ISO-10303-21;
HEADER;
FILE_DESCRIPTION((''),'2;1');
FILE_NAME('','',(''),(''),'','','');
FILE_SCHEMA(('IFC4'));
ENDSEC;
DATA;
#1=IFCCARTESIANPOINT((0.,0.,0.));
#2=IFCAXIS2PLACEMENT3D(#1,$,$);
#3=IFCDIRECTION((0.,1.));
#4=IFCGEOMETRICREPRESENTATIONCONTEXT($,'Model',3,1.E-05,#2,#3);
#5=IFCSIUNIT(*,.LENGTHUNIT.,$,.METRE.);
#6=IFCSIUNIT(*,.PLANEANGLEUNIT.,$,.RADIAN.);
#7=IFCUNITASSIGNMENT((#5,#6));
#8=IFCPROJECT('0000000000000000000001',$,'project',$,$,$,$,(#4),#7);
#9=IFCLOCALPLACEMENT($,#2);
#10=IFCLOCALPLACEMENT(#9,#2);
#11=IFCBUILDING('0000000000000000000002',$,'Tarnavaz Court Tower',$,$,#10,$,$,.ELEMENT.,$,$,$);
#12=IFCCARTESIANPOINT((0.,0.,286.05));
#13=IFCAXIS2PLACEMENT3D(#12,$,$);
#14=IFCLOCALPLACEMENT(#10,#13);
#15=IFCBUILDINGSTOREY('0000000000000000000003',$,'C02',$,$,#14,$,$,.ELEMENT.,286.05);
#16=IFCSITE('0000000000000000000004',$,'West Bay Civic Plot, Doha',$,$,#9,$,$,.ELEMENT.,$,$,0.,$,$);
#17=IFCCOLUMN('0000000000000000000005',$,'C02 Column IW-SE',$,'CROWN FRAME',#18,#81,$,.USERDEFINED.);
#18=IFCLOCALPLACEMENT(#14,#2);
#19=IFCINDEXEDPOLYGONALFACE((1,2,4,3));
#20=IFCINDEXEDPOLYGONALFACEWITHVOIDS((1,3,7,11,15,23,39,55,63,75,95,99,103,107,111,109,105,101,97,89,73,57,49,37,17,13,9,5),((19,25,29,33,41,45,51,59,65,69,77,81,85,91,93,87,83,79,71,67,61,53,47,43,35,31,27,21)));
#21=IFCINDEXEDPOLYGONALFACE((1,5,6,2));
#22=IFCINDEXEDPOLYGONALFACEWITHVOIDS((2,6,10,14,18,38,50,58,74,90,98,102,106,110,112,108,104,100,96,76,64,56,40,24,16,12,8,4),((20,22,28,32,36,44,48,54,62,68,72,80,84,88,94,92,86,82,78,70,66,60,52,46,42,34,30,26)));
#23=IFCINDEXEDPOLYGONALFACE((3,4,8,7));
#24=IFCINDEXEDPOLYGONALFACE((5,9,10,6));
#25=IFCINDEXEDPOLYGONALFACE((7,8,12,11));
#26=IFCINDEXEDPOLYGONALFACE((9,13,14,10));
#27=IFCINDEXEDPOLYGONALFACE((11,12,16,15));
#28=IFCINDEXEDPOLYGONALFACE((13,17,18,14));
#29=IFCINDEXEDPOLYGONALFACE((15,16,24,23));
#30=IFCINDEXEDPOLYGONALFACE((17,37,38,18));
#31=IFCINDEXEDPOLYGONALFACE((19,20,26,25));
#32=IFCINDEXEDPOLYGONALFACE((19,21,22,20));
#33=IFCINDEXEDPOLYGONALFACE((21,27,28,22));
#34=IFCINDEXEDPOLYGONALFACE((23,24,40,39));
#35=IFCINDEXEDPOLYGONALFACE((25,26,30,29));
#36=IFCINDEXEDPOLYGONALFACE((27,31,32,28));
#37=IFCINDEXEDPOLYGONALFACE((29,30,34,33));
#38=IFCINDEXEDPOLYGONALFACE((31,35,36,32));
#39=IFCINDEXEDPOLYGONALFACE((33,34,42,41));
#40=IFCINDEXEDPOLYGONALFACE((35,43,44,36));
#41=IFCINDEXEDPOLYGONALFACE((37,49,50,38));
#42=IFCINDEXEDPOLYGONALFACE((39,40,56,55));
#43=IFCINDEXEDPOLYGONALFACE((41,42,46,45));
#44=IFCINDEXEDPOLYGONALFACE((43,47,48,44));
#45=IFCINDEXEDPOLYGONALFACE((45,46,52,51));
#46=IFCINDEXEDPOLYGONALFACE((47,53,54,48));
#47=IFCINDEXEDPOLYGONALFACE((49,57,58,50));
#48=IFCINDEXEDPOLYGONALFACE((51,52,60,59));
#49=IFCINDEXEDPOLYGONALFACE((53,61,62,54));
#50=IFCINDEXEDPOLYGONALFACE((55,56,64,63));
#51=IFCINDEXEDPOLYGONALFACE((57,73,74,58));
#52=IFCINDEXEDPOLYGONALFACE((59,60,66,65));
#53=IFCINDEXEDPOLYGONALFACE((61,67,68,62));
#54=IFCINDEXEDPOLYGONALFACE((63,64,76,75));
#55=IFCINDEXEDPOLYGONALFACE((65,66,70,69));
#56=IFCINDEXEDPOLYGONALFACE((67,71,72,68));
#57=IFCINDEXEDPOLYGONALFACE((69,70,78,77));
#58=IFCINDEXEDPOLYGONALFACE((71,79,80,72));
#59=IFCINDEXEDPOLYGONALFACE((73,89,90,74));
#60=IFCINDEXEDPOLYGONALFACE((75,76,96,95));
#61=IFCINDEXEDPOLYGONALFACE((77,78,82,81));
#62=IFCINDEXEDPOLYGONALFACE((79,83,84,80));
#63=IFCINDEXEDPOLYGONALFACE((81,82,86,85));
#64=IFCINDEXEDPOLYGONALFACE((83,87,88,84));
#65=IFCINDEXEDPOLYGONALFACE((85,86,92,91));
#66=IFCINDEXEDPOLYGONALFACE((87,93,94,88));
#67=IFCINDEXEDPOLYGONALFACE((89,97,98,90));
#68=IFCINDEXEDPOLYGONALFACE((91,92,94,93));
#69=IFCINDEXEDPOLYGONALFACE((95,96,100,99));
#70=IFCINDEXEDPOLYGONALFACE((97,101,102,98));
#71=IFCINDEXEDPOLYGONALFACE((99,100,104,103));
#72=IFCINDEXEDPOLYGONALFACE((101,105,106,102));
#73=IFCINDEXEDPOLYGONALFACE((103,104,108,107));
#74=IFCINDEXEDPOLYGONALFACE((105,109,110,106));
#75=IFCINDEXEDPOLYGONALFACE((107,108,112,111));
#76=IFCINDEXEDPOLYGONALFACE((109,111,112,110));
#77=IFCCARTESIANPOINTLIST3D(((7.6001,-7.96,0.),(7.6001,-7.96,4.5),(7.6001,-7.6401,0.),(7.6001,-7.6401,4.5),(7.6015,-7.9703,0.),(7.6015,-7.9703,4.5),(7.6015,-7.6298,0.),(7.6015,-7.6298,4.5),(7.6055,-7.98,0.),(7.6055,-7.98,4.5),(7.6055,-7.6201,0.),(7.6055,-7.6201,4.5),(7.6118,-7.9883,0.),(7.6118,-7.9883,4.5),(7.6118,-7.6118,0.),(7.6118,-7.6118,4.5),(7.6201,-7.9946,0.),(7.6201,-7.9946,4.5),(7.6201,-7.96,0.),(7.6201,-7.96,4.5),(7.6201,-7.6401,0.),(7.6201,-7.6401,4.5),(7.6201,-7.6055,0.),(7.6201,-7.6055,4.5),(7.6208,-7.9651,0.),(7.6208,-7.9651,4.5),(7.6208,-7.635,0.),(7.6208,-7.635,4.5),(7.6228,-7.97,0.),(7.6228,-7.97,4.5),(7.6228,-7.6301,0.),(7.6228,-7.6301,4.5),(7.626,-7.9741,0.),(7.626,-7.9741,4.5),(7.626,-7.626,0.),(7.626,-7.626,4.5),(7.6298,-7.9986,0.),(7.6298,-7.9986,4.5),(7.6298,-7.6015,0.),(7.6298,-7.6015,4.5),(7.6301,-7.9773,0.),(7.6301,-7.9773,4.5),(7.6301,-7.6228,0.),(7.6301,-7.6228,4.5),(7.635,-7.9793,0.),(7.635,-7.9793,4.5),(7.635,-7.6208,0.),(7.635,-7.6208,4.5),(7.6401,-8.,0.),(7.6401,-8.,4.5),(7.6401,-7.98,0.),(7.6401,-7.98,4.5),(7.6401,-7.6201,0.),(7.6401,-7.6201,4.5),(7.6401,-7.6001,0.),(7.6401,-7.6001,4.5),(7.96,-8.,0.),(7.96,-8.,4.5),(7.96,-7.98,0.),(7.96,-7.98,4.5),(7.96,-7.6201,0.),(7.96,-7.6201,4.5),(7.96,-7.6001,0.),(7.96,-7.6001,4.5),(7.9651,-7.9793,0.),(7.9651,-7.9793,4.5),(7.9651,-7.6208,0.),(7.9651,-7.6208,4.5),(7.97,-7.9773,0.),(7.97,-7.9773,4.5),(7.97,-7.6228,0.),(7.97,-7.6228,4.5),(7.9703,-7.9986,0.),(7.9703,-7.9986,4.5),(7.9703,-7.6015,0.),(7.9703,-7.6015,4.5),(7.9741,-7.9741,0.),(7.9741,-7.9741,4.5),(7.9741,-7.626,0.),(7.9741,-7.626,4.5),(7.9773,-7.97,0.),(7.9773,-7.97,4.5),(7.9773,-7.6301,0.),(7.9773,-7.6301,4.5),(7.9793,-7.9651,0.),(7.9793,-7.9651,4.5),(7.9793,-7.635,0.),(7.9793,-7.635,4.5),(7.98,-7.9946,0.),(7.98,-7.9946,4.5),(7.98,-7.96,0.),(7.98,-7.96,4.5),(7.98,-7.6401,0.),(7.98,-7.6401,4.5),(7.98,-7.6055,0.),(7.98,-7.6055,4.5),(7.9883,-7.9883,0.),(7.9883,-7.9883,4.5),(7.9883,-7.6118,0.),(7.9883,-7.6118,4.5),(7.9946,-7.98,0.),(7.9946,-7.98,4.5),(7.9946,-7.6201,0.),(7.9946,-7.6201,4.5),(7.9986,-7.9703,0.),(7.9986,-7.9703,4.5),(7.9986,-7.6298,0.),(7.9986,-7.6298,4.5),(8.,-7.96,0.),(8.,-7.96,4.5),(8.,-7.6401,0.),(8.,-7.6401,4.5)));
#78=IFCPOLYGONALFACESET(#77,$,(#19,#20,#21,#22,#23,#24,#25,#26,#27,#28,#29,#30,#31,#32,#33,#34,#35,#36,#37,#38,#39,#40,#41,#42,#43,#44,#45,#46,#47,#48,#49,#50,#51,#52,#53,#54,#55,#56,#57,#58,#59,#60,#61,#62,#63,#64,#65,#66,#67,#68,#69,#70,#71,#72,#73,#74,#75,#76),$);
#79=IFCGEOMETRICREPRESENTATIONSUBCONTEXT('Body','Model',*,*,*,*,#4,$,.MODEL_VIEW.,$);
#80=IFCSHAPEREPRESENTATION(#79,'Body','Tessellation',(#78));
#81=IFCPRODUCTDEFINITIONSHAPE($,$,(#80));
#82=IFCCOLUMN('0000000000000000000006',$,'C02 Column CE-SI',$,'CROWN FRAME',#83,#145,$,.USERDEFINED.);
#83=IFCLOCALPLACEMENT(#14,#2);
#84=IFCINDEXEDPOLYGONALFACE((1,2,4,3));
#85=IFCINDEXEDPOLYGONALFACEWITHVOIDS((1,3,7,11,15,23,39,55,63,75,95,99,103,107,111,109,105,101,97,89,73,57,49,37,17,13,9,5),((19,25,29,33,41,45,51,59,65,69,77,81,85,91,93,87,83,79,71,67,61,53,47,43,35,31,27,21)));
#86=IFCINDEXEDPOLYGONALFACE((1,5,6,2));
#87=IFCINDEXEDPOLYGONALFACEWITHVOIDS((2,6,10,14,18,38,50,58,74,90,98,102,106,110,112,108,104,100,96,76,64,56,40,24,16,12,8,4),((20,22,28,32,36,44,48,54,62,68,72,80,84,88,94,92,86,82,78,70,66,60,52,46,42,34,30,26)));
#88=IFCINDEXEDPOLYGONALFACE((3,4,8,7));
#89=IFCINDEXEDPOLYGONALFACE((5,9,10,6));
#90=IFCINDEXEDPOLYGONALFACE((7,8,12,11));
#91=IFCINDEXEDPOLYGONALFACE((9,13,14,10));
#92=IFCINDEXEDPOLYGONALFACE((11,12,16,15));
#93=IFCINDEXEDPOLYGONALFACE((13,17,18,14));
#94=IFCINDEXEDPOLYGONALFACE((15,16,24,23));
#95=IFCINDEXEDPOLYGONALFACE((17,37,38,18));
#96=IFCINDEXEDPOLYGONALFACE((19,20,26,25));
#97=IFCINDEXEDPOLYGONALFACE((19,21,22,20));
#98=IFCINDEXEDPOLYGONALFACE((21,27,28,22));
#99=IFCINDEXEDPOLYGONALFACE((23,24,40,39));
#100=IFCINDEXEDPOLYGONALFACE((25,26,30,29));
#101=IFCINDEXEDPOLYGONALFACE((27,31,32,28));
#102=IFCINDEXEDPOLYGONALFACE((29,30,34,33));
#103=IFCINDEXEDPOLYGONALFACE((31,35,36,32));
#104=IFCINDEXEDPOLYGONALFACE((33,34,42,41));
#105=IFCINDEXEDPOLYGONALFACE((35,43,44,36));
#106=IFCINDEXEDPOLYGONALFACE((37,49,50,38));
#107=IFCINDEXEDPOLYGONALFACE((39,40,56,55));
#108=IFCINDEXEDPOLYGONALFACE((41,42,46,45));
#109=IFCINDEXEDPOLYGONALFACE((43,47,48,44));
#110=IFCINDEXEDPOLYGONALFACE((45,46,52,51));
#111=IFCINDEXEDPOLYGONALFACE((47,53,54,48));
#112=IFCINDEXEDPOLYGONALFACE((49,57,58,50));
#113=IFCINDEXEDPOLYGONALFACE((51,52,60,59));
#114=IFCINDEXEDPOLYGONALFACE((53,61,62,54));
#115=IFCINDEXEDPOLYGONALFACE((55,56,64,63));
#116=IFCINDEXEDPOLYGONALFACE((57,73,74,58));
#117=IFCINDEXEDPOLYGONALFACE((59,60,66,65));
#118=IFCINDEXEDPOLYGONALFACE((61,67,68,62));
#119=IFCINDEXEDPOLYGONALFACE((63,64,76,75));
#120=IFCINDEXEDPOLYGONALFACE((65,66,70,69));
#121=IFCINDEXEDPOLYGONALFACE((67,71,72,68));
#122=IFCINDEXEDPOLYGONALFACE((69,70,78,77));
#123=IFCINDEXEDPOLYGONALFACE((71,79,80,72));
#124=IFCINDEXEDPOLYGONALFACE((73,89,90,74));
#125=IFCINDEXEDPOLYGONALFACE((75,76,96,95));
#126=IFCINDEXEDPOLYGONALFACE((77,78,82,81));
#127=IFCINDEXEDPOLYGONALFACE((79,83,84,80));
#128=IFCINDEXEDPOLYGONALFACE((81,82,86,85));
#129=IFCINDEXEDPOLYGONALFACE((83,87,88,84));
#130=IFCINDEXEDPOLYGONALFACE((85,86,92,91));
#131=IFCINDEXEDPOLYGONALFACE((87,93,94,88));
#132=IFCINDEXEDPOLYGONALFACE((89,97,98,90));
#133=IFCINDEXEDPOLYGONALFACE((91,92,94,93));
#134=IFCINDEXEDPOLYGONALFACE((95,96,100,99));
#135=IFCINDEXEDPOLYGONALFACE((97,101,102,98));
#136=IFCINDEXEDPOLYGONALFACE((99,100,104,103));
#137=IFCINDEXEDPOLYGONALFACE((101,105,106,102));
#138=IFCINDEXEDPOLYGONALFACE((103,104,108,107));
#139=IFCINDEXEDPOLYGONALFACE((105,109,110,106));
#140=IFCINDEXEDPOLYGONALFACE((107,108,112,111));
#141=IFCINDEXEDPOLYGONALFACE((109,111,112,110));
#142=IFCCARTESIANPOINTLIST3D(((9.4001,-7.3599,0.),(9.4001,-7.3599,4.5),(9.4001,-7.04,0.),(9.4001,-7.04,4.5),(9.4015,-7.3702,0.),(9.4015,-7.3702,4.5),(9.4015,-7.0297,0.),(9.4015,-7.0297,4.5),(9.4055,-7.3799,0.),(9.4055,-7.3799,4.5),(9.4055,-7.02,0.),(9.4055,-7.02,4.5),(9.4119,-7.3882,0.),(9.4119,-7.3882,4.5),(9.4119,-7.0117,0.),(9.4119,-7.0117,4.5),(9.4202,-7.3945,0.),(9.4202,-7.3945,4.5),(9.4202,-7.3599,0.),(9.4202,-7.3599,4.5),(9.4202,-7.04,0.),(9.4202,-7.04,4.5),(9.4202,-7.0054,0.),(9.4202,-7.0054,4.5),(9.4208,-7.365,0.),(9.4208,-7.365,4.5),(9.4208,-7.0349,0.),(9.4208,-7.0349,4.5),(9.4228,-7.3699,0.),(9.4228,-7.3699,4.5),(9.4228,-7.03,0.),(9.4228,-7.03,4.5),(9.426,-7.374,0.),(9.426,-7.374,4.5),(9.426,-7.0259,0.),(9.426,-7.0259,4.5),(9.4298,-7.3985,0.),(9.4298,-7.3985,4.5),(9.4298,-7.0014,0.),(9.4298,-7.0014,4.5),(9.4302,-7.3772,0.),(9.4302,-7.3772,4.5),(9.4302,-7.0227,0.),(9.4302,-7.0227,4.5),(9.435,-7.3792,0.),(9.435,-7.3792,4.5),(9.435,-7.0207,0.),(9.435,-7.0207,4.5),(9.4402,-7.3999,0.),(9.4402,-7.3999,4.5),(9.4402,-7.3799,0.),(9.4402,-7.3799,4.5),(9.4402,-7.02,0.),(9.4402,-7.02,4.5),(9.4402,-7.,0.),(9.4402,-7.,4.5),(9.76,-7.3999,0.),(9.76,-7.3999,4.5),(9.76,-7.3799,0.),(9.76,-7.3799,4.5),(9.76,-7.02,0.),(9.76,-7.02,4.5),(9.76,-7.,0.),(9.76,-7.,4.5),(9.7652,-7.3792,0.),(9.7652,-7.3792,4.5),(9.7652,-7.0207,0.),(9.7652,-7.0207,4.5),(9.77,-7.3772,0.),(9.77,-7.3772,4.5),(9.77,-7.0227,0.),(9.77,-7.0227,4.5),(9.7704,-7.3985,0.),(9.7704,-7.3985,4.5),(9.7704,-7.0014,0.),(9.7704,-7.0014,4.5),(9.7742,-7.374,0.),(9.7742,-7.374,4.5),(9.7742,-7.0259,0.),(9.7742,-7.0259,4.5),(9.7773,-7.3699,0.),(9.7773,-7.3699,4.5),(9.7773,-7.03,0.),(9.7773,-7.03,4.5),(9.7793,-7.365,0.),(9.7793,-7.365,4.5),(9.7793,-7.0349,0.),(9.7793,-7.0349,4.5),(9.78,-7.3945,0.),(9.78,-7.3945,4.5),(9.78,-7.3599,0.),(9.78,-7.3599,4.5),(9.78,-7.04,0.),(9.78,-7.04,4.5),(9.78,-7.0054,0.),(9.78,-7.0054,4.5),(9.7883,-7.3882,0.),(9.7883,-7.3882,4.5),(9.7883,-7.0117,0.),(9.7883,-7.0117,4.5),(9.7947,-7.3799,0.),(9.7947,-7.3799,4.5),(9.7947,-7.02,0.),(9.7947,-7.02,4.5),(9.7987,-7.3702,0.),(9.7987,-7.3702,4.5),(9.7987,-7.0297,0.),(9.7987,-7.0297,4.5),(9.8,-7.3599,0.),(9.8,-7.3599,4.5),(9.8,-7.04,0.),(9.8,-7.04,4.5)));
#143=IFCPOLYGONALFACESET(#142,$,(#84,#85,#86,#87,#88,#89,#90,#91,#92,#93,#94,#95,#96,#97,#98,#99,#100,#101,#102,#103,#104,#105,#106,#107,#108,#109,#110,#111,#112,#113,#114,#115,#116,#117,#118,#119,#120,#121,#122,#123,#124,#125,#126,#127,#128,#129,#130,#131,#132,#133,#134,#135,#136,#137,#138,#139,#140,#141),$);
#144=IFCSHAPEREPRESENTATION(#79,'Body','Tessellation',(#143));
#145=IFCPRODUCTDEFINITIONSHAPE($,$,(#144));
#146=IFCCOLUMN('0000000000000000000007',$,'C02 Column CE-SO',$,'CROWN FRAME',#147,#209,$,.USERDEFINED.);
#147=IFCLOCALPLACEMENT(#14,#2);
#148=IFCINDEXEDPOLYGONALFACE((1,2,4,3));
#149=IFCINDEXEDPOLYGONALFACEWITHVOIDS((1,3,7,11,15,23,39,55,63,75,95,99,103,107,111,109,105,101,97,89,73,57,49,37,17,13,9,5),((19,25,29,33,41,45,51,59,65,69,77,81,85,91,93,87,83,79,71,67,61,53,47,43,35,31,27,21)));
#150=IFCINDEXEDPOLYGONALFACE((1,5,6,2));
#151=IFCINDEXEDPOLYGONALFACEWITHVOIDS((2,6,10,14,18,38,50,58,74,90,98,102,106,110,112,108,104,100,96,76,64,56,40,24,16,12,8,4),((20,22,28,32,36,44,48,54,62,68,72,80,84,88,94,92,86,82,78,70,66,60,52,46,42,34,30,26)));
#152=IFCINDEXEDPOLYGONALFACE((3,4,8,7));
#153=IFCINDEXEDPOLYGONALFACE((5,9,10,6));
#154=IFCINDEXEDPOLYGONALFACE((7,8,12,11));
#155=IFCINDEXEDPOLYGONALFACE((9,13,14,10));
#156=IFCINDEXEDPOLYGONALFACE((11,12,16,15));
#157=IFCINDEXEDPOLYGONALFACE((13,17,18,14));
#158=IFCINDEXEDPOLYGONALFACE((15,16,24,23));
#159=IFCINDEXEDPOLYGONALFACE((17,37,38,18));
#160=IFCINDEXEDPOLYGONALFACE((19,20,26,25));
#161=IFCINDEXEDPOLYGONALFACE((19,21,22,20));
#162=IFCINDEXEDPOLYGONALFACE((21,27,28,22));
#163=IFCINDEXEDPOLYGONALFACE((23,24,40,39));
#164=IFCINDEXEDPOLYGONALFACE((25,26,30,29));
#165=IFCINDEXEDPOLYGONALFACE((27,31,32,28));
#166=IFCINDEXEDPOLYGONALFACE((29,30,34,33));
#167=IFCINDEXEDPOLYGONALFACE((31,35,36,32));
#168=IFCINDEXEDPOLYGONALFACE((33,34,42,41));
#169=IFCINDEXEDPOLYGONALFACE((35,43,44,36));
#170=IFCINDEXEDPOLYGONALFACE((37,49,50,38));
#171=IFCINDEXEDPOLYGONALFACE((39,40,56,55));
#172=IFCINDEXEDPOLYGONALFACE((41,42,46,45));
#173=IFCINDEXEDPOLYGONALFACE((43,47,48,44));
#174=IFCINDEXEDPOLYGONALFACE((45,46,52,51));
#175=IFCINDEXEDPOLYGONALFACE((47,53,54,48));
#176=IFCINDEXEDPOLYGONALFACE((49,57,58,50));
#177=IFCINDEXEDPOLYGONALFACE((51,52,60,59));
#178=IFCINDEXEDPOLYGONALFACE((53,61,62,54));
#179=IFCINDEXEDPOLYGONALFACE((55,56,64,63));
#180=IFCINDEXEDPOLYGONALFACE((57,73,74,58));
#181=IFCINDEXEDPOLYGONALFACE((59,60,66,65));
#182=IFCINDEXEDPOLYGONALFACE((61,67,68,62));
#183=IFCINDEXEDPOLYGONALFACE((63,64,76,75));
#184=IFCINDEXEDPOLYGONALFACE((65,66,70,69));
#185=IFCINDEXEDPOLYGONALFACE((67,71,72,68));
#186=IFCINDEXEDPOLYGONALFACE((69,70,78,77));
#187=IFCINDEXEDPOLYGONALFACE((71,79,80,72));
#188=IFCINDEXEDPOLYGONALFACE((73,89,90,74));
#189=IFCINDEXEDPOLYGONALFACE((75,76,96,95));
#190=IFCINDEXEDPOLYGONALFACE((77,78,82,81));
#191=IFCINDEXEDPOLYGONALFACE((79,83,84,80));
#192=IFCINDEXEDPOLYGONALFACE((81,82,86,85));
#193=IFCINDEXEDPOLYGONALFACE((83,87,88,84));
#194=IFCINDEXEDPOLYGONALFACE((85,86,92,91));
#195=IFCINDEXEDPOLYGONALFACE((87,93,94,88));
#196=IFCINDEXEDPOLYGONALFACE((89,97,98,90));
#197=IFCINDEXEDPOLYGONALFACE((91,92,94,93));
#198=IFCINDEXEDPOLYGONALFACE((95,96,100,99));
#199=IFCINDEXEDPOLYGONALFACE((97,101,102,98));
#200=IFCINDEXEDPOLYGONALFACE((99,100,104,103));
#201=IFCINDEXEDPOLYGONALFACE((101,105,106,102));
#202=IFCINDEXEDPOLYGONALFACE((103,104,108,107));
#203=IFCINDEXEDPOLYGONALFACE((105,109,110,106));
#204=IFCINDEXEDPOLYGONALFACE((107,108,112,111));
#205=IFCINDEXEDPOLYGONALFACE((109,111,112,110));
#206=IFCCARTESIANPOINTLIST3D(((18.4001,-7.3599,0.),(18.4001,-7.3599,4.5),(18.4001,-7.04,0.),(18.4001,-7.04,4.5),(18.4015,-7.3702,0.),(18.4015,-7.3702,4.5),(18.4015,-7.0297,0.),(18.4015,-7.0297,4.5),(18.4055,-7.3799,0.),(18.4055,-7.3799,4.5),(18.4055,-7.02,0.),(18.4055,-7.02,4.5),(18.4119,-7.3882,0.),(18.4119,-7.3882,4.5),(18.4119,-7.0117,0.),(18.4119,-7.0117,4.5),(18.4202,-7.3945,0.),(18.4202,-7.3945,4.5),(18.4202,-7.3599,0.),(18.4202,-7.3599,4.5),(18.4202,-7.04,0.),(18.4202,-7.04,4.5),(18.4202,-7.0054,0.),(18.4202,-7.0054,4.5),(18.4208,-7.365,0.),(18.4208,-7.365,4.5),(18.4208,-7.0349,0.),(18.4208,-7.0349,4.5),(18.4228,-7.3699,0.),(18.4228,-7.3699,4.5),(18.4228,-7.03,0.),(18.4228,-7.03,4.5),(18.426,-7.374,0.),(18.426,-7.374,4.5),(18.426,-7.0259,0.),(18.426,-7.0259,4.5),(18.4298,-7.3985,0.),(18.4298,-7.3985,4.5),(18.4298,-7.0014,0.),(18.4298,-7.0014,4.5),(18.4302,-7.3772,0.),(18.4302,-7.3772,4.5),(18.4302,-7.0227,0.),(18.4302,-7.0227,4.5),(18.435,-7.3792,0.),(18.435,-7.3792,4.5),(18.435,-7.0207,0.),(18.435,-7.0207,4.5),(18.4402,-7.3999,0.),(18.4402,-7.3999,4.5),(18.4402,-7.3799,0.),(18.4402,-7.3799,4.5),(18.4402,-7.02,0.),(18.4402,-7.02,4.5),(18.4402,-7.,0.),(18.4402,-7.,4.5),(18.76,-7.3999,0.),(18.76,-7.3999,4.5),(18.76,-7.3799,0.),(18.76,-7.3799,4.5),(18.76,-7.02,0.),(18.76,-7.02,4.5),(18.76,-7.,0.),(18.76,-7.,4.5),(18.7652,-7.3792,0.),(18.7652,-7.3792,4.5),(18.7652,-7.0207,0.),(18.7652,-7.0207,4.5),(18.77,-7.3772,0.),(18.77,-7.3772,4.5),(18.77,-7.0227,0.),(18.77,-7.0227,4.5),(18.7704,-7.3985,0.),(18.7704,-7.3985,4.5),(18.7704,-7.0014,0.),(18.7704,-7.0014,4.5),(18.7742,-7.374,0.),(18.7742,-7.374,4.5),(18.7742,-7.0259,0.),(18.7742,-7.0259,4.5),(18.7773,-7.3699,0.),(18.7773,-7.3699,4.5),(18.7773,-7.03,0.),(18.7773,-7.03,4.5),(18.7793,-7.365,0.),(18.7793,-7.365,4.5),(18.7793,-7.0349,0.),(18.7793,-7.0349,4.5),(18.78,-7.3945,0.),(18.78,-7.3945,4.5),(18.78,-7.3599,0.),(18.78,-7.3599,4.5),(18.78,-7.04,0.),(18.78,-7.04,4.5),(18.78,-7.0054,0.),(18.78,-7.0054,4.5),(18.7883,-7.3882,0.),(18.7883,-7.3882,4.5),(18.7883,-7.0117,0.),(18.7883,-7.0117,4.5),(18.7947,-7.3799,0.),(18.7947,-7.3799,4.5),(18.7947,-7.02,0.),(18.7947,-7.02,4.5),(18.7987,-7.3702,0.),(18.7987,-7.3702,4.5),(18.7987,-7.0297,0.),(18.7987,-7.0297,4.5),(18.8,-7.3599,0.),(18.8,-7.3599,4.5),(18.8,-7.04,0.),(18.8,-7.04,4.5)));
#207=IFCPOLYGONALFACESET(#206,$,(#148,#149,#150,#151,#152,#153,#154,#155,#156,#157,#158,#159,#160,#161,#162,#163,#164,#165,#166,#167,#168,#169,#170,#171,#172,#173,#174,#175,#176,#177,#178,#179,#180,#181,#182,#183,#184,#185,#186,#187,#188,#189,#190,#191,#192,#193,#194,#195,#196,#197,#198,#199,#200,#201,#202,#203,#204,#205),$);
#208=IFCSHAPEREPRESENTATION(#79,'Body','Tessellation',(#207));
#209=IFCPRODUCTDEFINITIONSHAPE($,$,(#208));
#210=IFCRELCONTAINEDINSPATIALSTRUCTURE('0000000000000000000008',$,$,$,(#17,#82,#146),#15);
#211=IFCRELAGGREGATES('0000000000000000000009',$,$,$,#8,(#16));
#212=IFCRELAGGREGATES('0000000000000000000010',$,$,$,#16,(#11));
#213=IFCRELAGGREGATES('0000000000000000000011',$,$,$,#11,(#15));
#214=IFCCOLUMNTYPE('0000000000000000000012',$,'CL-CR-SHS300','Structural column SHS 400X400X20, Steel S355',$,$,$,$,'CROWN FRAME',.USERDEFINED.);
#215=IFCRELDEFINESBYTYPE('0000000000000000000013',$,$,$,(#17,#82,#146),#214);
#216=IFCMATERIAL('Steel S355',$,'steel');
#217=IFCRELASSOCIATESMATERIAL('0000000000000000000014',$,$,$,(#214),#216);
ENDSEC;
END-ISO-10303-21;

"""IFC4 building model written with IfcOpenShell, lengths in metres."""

from ifc_helpers import new_model, si_unit, direction, frame, origin, origin_2d, place, context, subcontext, project, spatial, hollow_rectangle, extrude, material, material_profile, profile_set, type_object, element, save


model = new_model("IFC4")

# Units and contexts
model_context = context("Model", 3, precision=1e-05, world=origin(), true_north=direction((0.0, 1.0)))
body_context = subcontext(model_context, "Body", "Model", "MODEL_VIEW")
ifc_project = project(units=[si_unit("LENGTHUNIT", "METRE"), si_unit("PLANEANGLEUNIT", "RADIAN")], contexts=[model_context])

# Site, building, storey
site_placement = place(None, origin())
site = spatial("IfcSite", under=ifc_project, at=site_placement, Name="West Bay Civic Plot, Doha", CompositionType="ELEMENT", RefElevation=0.0)
building_placement = place(site_placement, origin())
building = spatial("IfcBuilding", under=site, at=building_placement, Name="Tarnavaz Court Tower", CompositionType="ELEMENT")
storey_placement = place(building_placement, frame((0.0, 0.0, 286.05)))
storey = spatial("IfcBuildingStorey", under=building, at=storey_placement, Name="C02", CompositionType="ELEMENT", Elevation=286.05)

# Columns
ifc_material_1 = material(Name="Steel S355", Category="steel")
ifc_material_profile_1 = material_profile(ifc_material_1, hollow_rectangle(XDim=0.3999, YDim=0.3999, WallThickness=0.02, InnerFilletRadius=0.02, OuterFilletRadius=0.04, at=origin_2d()), Name="SHS 400X400X20")
ifc_profile_set_1 = profile_set([ifc_material_profile_1], Name="Steel S355")
column_type = type_object("IfcColumnType", Name="CL-CR-SHS300", Description="Structural column SHS 400X400X20, Steel S355", ElementType="CROWN FRAME", PredefinedType="USERDEFINED", material=ifc_profile_set_1)
for number, where, z_axis, x_axis, name in (
    (1, (7.8, -7.8, 0.0), (0.0, 0.0, 1.0), (1.0, 0.0, 0.0), "C02 Column IW-SE"),
    (2, (9.6001, -7.2, 0.0), (0.0, 0.0, 1.0), (1.0, 0.0, 0.0), "C02 Column CE-SI"),
    (3, (18.6001, -7.2, 0.0), (0.0, 0.0, 1.0), (1.0, 0.0, 0.0), "C02 Column CE-SO"),
):
    element("IfcColumn", number, at=place(storey_placement, frame(where, z_axis=z_axis, x_axis=x_axis)), inside=storey, type_object=column_type, Name=name, ObjectType="CROWN FRAME", PredefinedType="USERDEFINED", context=body_context, shape_type="SweptSolid", body=[
        extrude(hollow_rectangle(XDim=0.3999, YDim=0.3999, WallThickness=0.02, InnerFilletRadius=0.02, OuterFilletRadius=0.04, at=origin_2d()), origin(), (0.0, 0.0, 1.0), 4.5),
    ])

save(model, "model.ifc")
